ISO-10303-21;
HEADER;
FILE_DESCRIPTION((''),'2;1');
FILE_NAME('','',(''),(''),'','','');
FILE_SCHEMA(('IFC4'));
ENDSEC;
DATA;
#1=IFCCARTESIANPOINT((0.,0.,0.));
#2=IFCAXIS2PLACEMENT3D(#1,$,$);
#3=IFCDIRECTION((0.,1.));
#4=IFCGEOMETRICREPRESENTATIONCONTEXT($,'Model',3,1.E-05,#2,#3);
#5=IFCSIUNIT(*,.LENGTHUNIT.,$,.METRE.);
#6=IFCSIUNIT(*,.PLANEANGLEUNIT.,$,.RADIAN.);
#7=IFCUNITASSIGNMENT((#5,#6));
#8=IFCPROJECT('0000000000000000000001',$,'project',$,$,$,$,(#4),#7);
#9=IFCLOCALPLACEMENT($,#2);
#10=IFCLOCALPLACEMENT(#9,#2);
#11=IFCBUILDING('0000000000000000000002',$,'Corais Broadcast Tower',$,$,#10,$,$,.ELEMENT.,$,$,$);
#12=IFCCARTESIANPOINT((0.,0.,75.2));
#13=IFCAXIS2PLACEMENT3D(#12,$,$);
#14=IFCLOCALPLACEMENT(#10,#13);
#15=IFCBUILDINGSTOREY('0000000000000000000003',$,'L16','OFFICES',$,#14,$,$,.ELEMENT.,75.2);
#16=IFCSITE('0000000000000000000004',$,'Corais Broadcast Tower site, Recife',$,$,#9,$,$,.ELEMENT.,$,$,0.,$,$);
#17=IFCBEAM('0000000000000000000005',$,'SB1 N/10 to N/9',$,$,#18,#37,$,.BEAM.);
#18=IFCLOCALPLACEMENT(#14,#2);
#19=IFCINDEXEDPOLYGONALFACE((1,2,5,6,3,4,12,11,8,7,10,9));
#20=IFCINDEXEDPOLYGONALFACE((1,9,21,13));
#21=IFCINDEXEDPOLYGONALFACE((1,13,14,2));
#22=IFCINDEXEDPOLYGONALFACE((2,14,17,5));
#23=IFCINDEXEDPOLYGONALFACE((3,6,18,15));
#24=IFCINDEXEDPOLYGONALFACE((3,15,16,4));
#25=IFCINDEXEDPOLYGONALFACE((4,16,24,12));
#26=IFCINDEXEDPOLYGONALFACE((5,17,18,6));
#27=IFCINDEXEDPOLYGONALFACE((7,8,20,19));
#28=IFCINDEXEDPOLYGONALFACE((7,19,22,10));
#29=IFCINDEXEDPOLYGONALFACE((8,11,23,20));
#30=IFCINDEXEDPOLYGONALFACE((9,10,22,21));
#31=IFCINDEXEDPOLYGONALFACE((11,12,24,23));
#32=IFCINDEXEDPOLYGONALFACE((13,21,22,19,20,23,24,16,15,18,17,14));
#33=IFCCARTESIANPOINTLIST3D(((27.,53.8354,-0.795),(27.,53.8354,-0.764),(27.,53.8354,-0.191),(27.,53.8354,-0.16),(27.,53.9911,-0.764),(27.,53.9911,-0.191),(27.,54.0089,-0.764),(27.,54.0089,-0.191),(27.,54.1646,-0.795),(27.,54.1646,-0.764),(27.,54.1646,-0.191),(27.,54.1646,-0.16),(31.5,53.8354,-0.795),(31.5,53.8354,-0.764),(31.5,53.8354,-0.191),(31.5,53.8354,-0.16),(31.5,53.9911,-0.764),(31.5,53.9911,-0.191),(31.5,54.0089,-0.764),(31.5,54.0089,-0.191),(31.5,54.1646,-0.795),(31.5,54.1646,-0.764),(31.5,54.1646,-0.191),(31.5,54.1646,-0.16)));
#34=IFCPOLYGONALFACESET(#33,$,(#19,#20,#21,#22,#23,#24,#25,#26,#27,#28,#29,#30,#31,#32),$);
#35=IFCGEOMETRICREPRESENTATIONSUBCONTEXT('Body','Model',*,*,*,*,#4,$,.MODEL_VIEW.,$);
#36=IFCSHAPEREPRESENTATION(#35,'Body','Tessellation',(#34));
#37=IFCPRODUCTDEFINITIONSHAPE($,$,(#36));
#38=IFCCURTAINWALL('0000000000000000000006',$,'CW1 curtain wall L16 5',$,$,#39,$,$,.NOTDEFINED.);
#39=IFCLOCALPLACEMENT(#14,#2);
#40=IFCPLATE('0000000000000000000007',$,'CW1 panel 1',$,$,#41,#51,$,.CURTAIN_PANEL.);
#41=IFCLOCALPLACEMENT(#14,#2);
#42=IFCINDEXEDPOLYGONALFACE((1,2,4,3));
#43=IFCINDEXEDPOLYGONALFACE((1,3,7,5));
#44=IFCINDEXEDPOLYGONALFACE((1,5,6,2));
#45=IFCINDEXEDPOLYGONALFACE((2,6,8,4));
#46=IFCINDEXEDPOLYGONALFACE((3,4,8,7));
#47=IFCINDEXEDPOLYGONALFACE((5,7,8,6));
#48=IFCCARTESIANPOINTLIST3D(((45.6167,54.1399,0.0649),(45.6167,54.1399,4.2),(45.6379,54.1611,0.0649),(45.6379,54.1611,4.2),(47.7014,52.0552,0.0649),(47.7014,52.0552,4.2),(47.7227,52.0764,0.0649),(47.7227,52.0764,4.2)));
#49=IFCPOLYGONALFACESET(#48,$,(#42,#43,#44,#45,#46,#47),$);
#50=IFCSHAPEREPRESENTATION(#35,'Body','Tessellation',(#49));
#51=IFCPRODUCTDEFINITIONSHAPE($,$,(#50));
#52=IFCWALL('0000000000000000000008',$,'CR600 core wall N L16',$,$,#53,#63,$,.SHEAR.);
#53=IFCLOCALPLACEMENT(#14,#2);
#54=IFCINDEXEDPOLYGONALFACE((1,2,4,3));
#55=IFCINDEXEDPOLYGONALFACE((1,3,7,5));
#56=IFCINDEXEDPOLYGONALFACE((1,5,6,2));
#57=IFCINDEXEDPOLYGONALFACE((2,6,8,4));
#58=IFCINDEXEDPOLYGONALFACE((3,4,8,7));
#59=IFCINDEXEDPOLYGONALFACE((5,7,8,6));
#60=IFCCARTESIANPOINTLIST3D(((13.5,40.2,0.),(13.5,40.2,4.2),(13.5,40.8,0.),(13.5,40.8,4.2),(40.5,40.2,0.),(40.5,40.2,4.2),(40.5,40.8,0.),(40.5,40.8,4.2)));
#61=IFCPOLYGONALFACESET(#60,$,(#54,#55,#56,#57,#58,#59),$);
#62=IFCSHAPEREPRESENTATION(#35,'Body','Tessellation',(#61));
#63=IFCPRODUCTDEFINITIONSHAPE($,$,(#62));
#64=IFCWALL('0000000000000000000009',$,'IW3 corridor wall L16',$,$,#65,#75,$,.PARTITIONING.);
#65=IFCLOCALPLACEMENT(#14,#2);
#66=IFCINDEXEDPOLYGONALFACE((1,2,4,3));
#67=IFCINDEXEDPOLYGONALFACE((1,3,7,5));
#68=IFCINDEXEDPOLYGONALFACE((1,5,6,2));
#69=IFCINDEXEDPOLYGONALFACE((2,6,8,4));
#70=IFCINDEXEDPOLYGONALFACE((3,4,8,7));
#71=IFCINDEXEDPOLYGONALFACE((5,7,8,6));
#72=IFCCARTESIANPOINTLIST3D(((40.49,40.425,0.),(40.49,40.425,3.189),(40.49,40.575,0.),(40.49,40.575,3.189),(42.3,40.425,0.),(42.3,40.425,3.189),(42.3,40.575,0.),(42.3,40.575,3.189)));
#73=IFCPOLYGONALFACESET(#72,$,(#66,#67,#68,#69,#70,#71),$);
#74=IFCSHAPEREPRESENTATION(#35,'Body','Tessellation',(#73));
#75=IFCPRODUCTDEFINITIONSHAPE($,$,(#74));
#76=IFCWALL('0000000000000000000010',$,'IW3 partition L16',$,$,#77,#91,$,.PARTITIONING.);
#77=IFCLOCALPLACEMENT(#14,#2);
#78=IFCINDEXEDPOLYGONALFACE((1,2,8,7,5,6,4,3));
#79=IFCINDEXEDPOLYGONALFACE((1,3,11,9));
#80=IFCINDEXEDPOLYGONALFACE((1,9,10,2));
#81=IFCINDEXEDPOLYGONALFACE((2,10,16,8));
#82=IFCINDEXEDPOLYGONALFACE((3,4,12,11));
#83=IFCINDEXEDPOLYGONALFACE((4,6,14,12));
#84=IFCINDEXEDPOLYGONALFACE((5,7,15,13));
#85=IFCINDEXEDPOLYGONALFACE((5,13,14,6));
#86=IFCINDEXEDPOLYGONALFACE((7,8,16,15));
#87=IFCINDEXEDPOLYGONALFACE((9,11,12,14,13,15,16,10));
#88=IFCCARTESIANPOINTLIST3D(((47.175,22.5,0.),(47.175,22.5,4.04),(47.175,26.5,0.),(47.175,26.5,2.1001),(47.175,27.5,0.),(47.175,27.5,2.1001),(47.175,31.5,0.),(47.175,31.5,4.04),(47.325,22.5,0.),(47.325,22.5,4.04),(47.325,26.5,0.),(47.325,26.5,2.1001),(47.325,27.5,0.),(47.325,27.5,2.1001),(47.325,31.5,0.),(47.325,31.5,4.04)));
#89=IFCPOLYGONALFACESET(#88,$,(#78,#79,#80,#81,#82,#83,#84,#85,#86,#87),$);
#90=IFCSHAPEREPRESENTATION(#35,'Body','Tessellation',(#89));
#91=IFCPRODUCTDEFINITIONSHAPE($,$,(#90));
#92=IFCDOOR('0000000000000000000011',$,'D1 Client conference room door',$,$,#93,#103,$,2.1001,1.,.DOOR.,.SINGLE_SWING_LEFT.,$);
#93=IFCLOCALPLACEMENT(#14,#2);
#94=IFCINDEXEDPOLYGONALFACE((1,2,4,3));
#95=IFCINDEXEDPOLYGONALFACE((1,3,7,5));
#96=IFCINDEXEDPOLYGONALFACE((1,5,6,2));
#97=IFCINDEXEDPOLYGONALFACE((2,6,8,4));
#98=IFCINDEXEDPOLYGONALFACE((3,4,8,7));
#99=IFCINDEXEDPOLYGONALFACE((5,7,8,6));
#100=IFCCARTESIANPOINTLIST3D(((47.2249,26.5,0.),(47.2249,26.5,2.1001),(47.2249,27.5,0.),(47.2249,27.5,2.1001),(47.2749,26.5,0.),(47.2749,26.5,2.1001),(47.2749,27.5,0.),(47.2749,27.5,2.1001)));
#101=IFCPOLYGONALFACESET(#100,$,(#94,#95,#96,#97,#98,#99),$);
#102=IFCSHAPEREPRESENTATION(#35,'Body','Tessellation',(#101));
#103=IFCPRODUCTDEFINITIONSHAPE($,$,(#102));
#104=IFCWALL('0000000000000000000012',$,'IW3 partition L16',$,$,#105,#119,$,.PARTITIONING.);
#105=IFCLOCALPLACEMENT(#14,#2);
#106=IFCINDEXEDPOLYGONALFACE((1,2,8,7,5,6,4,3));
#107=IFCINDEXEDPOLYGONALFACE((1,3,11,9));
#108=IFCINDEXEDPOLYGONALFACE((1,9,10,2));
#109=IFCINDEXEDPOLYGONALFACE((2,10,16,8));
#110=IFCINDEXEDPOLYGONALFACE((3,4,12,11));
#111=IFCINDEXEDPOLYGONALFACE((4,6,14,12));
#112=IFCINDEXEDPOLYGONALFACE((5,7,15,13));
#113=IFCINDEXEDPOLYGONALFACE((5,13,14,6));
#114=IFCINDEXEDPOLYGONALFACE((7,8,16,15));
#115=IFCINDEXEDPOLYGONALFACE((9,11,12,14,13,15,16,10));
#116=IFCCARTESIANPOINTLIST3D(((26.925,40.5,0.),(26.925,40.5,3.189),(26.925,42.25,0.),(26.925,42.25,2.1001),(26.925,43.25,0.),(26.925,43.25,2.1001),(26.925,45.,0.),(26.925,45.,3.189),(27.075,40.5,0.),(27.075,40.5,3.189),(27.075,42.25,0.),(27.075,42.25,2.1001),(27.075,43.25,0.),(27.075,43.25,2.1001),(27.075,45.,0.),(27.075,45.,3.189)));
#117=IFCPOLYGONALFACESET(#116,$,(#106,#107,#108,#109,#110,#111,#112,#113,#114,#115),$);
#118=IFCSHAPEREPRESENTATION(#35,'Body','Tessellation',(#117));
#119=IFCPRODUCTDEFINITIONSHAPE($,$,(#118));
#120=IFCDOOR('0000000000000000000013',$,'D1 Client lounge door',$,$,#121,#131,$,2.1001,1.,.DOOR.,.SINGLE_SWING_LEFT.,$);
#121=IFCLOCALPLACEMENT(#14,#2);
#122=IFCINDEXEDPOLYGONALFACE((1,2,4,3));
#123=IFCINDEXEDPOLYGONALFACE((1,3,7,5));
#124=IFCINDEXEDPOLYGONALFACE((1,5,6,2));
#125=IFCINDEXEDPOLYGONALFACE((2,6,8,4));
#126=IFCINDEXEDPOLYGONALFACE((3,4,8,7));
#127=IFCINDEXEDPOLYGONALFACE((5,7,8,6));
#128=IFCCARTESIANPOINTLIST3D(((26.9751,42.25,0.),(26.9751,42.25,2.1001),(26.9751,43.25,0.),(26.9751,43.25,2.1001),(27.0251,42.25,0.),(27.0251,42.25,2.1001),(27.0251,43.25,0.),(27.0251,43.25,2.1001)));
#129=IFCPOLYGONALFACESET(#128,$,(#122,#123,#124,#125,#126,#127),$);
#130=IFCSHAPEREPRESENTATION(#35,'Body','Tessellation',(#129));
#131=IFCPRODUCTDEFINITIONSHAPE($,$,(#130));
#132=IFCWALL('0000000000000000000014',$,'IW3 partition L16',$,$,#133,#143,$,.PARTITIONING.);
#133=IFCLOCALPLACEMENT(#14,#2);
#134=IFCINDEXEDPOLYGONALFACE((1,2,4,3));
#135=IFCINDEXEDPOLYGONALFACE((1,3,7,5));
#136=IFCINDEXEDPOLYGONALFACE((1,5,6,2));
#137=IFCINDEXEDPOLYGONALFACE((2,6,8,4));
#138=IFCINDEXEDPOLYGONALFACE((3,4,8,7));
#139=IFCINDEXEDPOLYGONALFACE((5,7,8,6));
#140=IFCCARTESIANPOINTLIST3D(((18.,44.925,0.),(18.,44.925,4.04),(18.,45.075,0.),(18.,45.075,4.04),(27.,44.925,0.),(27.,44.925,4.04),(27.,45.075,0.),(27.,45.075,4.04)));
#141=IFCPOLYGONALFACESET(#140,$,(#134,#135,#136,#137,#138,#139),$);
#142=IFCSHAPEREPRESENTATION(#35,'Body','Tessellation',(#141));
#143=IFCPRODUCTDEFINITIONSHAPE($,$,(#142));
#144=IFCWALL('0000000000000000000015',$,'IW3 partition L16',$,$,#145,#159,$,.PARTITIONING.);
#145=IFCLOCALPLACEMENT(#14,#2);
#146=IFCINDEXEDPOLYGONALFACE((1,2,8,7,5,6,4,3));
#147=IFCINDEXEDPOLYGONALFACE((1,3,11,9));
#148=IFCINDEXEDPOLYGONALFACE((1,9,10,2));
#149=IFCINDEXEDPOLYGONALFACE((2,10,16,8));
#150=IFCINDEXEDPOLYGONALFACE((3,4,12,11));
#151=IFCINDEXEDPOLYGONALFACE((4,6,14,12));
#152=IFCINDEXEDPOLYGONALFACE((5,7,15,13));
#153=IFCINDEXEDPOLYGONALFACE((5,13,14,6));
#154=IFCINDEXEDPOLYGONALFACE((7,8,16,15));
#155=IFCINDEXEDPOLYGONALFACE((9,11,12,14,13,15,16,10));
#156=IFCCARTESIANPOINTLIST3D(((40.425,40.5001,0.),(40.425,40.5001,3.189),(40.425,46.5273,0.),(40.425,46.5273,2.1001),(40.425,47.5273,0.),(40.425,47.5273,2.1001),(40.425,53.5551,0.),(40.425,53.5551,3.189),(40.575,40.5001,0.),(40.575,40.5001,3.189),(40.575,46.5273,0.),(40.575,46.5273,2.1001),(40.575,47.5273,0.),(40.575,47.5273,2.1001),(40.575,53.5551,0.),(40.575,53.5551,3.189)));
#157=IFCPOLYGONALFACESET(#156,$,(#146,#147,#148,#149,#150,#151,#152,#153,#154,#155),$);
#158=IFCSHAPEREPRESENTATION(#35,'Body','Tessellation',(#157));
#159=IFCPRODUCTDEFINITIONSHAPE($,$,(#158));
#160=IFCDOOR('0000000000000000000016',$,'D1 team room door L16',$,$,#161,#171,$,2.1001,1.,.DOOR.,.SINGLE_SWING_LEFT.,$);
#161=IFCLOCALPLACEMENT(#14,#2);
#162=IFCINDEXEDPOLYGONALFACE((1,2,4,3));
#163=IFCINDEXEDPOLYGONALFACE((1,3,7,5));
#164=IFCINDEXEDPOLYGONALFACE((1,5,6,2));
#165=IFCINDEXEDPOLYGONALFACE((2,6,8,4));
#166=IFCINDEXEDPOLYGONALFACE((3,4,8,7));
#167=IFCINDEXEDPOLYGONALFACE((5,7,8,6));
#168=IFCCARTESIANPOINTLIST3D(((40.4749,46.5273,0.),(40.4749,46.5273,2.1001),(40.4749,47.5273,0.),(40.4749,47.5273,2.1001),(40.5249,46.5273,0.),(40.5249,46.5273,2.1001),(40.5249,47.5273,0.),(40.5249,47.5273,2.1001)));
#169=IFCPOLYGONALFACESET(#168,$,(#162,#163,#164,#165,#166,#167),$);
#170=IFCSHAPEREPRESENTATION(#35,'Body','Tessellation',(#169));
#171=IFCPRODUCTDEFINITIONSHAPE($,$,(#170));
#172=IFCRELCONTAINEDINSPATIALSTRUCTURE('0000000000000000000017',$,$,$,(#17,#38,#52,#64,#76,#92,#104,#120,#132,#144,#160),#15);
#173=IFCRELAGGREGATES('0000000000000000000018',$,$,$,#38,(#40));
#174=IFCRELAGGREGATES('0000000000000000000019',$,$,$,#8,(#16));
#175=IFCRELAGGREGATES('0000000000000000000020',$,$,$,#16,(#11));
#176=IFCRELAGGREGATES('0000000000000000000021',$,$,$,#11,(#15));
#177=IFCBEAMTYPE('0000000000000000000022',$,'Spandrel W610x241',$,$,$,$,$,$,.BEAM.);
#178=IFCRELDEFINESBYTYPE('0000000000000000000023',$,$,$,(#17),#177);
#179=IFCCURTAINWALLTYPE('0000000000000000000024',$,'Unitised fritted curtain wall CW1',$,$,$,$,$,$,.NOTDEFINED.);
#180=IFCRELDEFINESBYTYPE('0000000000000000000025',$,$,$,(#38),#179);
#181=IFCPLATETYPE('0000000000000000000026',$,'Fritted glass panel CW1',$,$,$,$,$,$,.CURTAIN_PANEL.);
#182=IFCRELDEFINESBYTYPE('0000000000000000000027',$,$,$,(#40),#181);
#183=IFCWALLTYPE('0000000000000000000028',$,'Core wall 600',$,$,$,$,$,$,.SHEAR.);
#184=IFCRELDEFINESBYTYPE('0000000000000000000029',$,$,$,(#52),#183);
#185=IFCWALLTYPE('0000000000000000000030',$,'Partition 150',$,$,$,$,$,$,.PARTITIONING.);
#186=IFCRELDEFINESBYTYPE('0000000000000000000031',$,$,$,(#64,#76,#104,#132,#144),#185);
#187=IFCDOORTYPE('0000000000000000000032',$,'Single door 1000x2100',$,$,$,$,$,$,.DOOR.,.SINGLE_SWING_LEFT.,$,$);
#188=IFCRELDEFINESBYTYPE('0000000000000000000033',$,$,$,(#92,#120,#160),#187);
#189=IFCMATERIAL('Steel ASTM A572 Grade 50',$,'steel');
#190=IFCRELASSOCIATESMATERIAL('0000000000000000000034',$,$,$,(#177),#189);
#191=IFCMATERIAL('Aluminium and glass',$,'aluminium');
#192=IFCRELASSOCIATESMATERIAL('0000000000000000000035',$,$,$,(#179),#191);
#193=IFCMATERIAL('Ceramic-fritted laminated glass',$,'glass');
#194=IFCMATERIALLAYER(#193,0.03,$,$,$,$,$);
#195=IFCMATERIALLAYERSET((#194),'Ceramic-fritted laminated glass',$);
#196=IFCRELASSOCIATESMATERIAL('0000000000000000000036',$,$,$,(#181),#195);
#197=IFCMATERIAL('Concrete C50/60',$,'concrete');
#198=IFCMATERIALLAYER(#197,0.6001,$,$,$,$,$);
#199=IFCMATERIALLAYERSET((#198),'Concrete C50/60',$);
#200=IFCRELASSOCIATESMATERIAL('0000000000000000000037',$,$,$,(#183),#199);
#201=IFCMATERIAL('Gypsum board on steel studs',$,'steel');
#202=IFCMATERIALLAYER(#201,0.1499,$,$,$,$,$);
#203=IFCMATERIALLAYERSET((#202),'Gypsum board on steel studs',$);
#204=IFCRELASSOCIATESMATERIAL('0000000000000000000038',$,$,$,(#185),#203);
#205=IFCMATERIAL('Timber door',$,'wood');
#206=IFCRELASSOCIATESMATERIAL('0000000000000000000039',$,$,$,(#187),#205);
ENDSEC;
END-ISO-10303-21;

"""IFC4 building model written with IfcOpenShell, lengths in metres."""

from ifc_helpers import new_model, si_unit, direction, frame, frame_2d, origin, origin_2d, place, context, subcontext, project, spatial, rectangle, i_section, extrude, material, layer, layer_set, material_profile, profile_set, type_object, element, fill, aggregate, save


model = new_model("IFC4")

# Units and contexts
model_context = context("Model", 3, precision=1e-05, world=origin(), true_north=direction((0.0, 1.0)))
body_context = subcontext(model_context, "Body", "Model", "MODEL_VIEW")
ifc_project = project(units=[si_unit("LENGTHUNIT", "METRE"), si_unit("PLANEANGLEUNIT", "RADIAN")], contexts=[model_context])

# Site, building, storey
site_placement = place(None, origin())
site = spatial("IfcSite", under=ifc_project, at=site_placement, Name="Corais Broadcast Tower site, Recife", CompositionType="ELEMENT", RefElevation=0.0)
building_placement = place(site_placement, origin())
building = spatial("IfcBuilding", under=site, at=building_placement, Name="Corais Broadcast Tower", CompositionType="ELEMENT")
storey_placement = place(building_placement, frame((0.0, 0.0, 75.2)))
storey = spatial("IfcBuildingStorey", under=building, at=storey_placement, Name="L16", Description="OFFICES", CompositionType="ELEMENT", Elevation=75.2)

# Beam
ifc_material_1 = material(Name="Steel ASTM A572 Grade 50", Category="steel")
ifc_material_profile_1 = material_profile(ifc_material_1, i_section(OverallWidth=0.3291, OverallDepth=0.635, WebThickness=0.0178, FlangeThickness=0.031, at=origin_2d()), Name="W610x241")
ifc_profile_set_1 = profile_set([ifc_material_profile_1], Name="Steel ASTM A572 Grade 50")
beam_type_1 = type_object("IfcBeamType", Name="Spandrel W610x241", PredefinedType="BEAM", material=ifc_profile_set_1)
for number, where, z_axis, x_axis, name in (
    (1, (31.5, 54.0, -0.4775), (-1.0, 0.0, 0.0), (0.0, -1.0, 0.0), "SB1 N/10 to N/9"),
):
    element("IfcBeam", number, at=place(storey_placement, frame(where, z_axis=z_axis, x_axis=x_axis)), inside=storey, type_object=beam_type_1, Name=name, PredefinedType="BEAM", context=body_context, shape_type="SweptSolid", body=[
        extrude(i_section(OverallWidth=0.3291, OverallDepth=0.635, WebThickness=0.0178, FlangeThickness=0.031, at=origin_2d()), origin(), (0.0, 0.0, 1.0), 4.5),
    ])

# Curtain wall, plate
ifc_material_2 = material(Name="Aluminium and glass", Category="aluminium")
curtain_wall_type = type_object("IfcCurtainWallType", Name="Unitised fritted curtain wall CW1", PredefinedType="NOTDEFINED", material=ifc_material_2)
curtain_wall_placement = place(storey_placement, origin())
curtain_wall = element("IfcCurtainWall", 2, at=curtain_wall_placement, inside=storey, type_object=curtain_wall_type, Name="CW1 curtain wall L16 5", PredefinedType="NOTDEFINED")
ifc_material_3 = material(Name="Ceramic-fritted laminated glass", Category="glass")
ifc_layer_1 = layer(ifc_material_3, 0.03)
ifc_layer_set_1 = layer_set([ifc_layer_1], Name="Ceramic-fritted laminated glass")
plate_type = type_object("IfcPlateType", Name="Fritted glass panel CW1", PredefinedType="CURTAIN_PANEL", material=ifc_layer_set_1)
plate_placement = place(storey_placement, frame((46.6697, 53.1082, 0.0649), z_axis=(0.0, 0.0, 1.0), x_axis=(0.707107, -0.707107, 0.0)))
plate = element("IfcPlate", 3, at=plate_placement, type_object=plate_type, Name="CW1 panel 1", PredefinedType="CURTAIN_PANEL", context=body_context, shape_type="SweptSolid", body=[
    extrude(rectangle(XDim=2.9482, YDim=0.03, at=origin_2d()), origin(), (0.0, 0.0, 1.0), 4.135),
])
aggregate(curtain_wall, [plate])

# Walls
ifc_material_4 = material(Name="Concrete C50/60", Category="concrete")
ifc_layer_2 = layer(ifc_material_4, 0.6001)
ifc_layer_set_2 = layer_set([ifc_layer_2], Name="Concrete C50/60")
wall_type_1 = type_object("IfcWallType", Name="Core wall 600", PredefinedType="SHEAR", material=ifc_layer_set_2)
wall_1_placement = place(storey_placement, frame((40.5, 40.5, 0.0), z_axis=(0.0, 0.0, 1.0), x_axis=(-1.0, 0.0, 0.0)))
element("IfcWall", 4, at=wall_1_placement, inside=storey, type_object=wall_type_1, Name="CR600 core wall N L16", PredefinedType="SHEAR", context=body_context, shape_type="SweptSolid", body=[
    extrude(rectangle(XDim=27.0, YDim=0.6001, at=frame_2d((13.5, 0.0))), origin(), (0.0, 0.0, 1.0), 4.2),
])
ifc_material_5 = material(Name="Gypsum board on steel studs", Category="steel")
ifc_layer_3 = layer(ifc_material_5, 0.1499)
ifc_layer_set_3 = layer_set([ifc_layer_3], Name="Gypsum board on steel studs")
wall_type_2 = type_object("IfcWallType", Name="Partition 150", PredefinedType="PARTITIONING", material=ifc_layer_set_3)
wall_2_placement = place(storey_placement, frame((42.3, 40.5, 0.0), z_axis=(0.0, 0.0, 1.0), x_axis=(-1.0, 0.0, 0.0)))
element("IfcWall", 5, at=wall_2_placement, inside=storey, type_object=wall_type_2, Name="IW3 corridor wall L16", PredefinedType="PARTITIONING", context=body_context, shape_type="SweptSolid", body=[
    extrude(rectangle(XDim=1.8101, YDim=0.1499, at=frame_2d((0.905, 0.0))), origin(), (0.0, 0.0, 1.0), 3.189),
])

# Walls, openings, doors
wall_3_placement = place(storey_placement, frame((47.25, 31.5, 0.0), z_axis=(0.0, 0.0, 1.0), x_axis=(0.0, -1.0, 0.0)))
wall_3 = element("IfcWall", 6, at=wall_3_placement, inside=storey, type_object=wall_type_2, Name="IW3 partition L16", PredefinedType="PARTITIONING", context=body_context, shape_type="SweptSolid", body=[
    extrude(rectangle(XDim=9.0, YDim=0.1499, at=frame_2d((4.5, 0.0))), origin(), (0.0, 0.0, 1.0), 4.04),
])
opening_1_placement = place(wall_3_placement, frame((4.0, 0.0, 0.0)))
opening_1 = element("IfcOpeningElement", 7, at=opening_1_placement, cuts=wall_3, PredefinedType="OPENING", context=body_context, shape_type="SweptSolid", body=[
    extrude(rectangle(XDim=1.0, YDim=2.1001, at=frame_2d((0.5, 1.05))), frame((0.0, 0.085, 0.0), z_axis=(0.0, -1.0, 0.0), x_axis=(1.0, 0.0, 0.0)), (0.0, 0.0, 1.0), 0.1699),
])
ifc_material_6 = material(Name="Timber door", Category="wood")
door_type = type_object("IfcDoorType", Name="Single door 1000x2100", OperationType="SINGLE_SWING_LEFT", PredefinedType="DOOR", material=ifc_material_6)
door_1_placement = place(opening_1_placement, origin())
door_1 = element("IfcDoor", 8, at=door_1_placement, inside=storey, type_object=door_type, Name="D1 Client conference room door", OperationType="SINGLE_SWING_LEFT", OverallHeight=2.1001, OverallWidth=1.0, PredefinedType="DOOR", context=body_context, shape_type="SweptSolid", body=[
    extrude(rectangle(XDim=1.0, YDim=2.1001, at=frame_2d((0.5, 1.05))), frame((0.0, 0.0249, 0.0), z_axis=(0.0, -1.0, 0.0), x_axis=(1.0, 0.0, 0.0)), (0.0, 0.0, 1.0), 0.05),
])
fill(opening_1, door_1)
wall_4_placement = place(storey_placement, frame((27.0, 40.5, 0.0), z_axis=(0.0, 0.0, 1.0), x_axis=(0.0, 1.0, 0.0)))
wall_4 = element("IfcWall", 9, at=wall_4_placement, inside=storey, type_object=wall_type_2, Name="IW3 partition L16", PredefinedType="PARTITIONING", context=body_context, shape_type="SweptSolid", body=[
    extrude(rectangle(XDim=4.5, YDim=0.1499, at=frame_2d((2.25, 0.0))), origin(), (0.0, 0.0, 1.0), 3.189),
])
opening_2_placement = place(wall_4_placement, frame((1.75, 0.0, 0.0)))
opening_2 = element("IfcOpeningElement", 10, at=opening_2_placement, cuts=wall_4, PredefinedType="OPENING", context=body_context, shape_type="SweptSolid", body=[
    extrude(rectangle(XDim=1.0, YDim=2.1001, at=frame_2d((0.5, 1.05))), frame((0.0, 0.085, 0.0), z_axis=(0.0, -1.0, 0.0), x_axis=(1.0, 0.0, 0.0)), (0.0, 0.0, 1.0), 0.1699),
])
door_2_placement = place(opening_2_placement, origin())
door_2 = element("IfcDoor", 11, at=door_2_placement, inside=storey, type_object=door_type, Name="D1 Client lounge door", OperationType="SINGLE_SWING_LEFT", OverallHeight=2.1001, OverallWidth=1.0, PredefinedType="DOOR", context=body_context, shape_type="SweptSolid", body=[
    extrude(rectangle(XDim=1.0, YDim=2.1001, at=frame_2d((0.5, 1.05))), frame((0.0, 0.0249, 0.0), z_axis=(0.0, -1.0, 0.0), x_axis=(1.0, 0.0, 0.0)), (0.0, 0.0, 1.0), 0.05),
])
fill(opening_2, door_2)

# Wall
wall_5_placement = place(storey_placement, frame((27.0, 45.0, 0.0), z_axis=(0.0, 0.0, 1.0), x_axis=(-1.0, 0.0, 0.0)))
element("IfcWall", 12, at=wall_5_placement, inside=storey, type_object=wall_type_2, Name="IW3 partition L16", PredefinedType="PARTITIONING", context=body_context, shape_type="SweptSolid", body=[
    extrude(rectangle(XDim=9.0, YDim=0.1499, at=frame_2d((4.5, 0.0))), origin(), (0.0, 0.0, 1.0), 4.04),
])

# Wall, opening, door
wall_6_placement = place(storey_placement, frame((40.5, 53.5549, 0.0), z_axis=(0.0, 0.0, 1.0), x_axis=(0.0, -1.0, 0.0)))
wall_6 = element("IfcWall", 13, at=wall_6_placement, inside=storey, type_object=wall_type_2, Name="IW3 partition L16", PredefinedType="PARTITIONING", context=body_context, shape_type="SweptSolid", body=[
    extrude(rectangle(XDim=13.0549, YDim=0.1499, at=frame_2d((6.5273, 0.0))), origin(), (0.0, 0.0, 1.0), 3.189),
])
opening_3_placement = place(wall_6_placement, frame((6.0276, 0.0, 0.0)))
opening_3 = element("IfcOpeningElement", 14, at=opening_3_placement, cuts=wall_6, PredefinedType="OPENING", context=body_context, shape_type="SweptSolid", body=[
    extrude(rectangle(XDim=1.0, YDim=2.1001, at=frame_2d((0.5, 1.05))), frame((0.0, 0.085, 0.0), z_axis=(0.0, -1.0, 0.0), x_axis=(1.0, 0.0, 0.0)), (0.0, 0.0, 1.0), 0.1699),
])
door_3_placement = place(opening_3_placement, origin())
door_3 = element("IfcDoor", 15, at=door_3_placement, inside=storey, type_object=door_type, Name="D1 team room door L16", OperationType="SINGLE_SWING_LEFT", OverallHeight=2.1001, OverallWidth=1.0, PredefinedType="DOOR", context=body_context, shape_type="SweptSolid", body=[
    extrude(rectangle(XDim=1.0, YDim=2.1001, at=frame_2d((0.5, 1.05))), frame((0.0, 0.0249, 0.0), z_axis=(0.0, -1.0, 0.0), x_axis=(1.0, 0.0, 0.0)), (0.0, 0.0, 1.0), 0.05),
])
fill(opening_3, door_3)

save(model, "model.ifc")
